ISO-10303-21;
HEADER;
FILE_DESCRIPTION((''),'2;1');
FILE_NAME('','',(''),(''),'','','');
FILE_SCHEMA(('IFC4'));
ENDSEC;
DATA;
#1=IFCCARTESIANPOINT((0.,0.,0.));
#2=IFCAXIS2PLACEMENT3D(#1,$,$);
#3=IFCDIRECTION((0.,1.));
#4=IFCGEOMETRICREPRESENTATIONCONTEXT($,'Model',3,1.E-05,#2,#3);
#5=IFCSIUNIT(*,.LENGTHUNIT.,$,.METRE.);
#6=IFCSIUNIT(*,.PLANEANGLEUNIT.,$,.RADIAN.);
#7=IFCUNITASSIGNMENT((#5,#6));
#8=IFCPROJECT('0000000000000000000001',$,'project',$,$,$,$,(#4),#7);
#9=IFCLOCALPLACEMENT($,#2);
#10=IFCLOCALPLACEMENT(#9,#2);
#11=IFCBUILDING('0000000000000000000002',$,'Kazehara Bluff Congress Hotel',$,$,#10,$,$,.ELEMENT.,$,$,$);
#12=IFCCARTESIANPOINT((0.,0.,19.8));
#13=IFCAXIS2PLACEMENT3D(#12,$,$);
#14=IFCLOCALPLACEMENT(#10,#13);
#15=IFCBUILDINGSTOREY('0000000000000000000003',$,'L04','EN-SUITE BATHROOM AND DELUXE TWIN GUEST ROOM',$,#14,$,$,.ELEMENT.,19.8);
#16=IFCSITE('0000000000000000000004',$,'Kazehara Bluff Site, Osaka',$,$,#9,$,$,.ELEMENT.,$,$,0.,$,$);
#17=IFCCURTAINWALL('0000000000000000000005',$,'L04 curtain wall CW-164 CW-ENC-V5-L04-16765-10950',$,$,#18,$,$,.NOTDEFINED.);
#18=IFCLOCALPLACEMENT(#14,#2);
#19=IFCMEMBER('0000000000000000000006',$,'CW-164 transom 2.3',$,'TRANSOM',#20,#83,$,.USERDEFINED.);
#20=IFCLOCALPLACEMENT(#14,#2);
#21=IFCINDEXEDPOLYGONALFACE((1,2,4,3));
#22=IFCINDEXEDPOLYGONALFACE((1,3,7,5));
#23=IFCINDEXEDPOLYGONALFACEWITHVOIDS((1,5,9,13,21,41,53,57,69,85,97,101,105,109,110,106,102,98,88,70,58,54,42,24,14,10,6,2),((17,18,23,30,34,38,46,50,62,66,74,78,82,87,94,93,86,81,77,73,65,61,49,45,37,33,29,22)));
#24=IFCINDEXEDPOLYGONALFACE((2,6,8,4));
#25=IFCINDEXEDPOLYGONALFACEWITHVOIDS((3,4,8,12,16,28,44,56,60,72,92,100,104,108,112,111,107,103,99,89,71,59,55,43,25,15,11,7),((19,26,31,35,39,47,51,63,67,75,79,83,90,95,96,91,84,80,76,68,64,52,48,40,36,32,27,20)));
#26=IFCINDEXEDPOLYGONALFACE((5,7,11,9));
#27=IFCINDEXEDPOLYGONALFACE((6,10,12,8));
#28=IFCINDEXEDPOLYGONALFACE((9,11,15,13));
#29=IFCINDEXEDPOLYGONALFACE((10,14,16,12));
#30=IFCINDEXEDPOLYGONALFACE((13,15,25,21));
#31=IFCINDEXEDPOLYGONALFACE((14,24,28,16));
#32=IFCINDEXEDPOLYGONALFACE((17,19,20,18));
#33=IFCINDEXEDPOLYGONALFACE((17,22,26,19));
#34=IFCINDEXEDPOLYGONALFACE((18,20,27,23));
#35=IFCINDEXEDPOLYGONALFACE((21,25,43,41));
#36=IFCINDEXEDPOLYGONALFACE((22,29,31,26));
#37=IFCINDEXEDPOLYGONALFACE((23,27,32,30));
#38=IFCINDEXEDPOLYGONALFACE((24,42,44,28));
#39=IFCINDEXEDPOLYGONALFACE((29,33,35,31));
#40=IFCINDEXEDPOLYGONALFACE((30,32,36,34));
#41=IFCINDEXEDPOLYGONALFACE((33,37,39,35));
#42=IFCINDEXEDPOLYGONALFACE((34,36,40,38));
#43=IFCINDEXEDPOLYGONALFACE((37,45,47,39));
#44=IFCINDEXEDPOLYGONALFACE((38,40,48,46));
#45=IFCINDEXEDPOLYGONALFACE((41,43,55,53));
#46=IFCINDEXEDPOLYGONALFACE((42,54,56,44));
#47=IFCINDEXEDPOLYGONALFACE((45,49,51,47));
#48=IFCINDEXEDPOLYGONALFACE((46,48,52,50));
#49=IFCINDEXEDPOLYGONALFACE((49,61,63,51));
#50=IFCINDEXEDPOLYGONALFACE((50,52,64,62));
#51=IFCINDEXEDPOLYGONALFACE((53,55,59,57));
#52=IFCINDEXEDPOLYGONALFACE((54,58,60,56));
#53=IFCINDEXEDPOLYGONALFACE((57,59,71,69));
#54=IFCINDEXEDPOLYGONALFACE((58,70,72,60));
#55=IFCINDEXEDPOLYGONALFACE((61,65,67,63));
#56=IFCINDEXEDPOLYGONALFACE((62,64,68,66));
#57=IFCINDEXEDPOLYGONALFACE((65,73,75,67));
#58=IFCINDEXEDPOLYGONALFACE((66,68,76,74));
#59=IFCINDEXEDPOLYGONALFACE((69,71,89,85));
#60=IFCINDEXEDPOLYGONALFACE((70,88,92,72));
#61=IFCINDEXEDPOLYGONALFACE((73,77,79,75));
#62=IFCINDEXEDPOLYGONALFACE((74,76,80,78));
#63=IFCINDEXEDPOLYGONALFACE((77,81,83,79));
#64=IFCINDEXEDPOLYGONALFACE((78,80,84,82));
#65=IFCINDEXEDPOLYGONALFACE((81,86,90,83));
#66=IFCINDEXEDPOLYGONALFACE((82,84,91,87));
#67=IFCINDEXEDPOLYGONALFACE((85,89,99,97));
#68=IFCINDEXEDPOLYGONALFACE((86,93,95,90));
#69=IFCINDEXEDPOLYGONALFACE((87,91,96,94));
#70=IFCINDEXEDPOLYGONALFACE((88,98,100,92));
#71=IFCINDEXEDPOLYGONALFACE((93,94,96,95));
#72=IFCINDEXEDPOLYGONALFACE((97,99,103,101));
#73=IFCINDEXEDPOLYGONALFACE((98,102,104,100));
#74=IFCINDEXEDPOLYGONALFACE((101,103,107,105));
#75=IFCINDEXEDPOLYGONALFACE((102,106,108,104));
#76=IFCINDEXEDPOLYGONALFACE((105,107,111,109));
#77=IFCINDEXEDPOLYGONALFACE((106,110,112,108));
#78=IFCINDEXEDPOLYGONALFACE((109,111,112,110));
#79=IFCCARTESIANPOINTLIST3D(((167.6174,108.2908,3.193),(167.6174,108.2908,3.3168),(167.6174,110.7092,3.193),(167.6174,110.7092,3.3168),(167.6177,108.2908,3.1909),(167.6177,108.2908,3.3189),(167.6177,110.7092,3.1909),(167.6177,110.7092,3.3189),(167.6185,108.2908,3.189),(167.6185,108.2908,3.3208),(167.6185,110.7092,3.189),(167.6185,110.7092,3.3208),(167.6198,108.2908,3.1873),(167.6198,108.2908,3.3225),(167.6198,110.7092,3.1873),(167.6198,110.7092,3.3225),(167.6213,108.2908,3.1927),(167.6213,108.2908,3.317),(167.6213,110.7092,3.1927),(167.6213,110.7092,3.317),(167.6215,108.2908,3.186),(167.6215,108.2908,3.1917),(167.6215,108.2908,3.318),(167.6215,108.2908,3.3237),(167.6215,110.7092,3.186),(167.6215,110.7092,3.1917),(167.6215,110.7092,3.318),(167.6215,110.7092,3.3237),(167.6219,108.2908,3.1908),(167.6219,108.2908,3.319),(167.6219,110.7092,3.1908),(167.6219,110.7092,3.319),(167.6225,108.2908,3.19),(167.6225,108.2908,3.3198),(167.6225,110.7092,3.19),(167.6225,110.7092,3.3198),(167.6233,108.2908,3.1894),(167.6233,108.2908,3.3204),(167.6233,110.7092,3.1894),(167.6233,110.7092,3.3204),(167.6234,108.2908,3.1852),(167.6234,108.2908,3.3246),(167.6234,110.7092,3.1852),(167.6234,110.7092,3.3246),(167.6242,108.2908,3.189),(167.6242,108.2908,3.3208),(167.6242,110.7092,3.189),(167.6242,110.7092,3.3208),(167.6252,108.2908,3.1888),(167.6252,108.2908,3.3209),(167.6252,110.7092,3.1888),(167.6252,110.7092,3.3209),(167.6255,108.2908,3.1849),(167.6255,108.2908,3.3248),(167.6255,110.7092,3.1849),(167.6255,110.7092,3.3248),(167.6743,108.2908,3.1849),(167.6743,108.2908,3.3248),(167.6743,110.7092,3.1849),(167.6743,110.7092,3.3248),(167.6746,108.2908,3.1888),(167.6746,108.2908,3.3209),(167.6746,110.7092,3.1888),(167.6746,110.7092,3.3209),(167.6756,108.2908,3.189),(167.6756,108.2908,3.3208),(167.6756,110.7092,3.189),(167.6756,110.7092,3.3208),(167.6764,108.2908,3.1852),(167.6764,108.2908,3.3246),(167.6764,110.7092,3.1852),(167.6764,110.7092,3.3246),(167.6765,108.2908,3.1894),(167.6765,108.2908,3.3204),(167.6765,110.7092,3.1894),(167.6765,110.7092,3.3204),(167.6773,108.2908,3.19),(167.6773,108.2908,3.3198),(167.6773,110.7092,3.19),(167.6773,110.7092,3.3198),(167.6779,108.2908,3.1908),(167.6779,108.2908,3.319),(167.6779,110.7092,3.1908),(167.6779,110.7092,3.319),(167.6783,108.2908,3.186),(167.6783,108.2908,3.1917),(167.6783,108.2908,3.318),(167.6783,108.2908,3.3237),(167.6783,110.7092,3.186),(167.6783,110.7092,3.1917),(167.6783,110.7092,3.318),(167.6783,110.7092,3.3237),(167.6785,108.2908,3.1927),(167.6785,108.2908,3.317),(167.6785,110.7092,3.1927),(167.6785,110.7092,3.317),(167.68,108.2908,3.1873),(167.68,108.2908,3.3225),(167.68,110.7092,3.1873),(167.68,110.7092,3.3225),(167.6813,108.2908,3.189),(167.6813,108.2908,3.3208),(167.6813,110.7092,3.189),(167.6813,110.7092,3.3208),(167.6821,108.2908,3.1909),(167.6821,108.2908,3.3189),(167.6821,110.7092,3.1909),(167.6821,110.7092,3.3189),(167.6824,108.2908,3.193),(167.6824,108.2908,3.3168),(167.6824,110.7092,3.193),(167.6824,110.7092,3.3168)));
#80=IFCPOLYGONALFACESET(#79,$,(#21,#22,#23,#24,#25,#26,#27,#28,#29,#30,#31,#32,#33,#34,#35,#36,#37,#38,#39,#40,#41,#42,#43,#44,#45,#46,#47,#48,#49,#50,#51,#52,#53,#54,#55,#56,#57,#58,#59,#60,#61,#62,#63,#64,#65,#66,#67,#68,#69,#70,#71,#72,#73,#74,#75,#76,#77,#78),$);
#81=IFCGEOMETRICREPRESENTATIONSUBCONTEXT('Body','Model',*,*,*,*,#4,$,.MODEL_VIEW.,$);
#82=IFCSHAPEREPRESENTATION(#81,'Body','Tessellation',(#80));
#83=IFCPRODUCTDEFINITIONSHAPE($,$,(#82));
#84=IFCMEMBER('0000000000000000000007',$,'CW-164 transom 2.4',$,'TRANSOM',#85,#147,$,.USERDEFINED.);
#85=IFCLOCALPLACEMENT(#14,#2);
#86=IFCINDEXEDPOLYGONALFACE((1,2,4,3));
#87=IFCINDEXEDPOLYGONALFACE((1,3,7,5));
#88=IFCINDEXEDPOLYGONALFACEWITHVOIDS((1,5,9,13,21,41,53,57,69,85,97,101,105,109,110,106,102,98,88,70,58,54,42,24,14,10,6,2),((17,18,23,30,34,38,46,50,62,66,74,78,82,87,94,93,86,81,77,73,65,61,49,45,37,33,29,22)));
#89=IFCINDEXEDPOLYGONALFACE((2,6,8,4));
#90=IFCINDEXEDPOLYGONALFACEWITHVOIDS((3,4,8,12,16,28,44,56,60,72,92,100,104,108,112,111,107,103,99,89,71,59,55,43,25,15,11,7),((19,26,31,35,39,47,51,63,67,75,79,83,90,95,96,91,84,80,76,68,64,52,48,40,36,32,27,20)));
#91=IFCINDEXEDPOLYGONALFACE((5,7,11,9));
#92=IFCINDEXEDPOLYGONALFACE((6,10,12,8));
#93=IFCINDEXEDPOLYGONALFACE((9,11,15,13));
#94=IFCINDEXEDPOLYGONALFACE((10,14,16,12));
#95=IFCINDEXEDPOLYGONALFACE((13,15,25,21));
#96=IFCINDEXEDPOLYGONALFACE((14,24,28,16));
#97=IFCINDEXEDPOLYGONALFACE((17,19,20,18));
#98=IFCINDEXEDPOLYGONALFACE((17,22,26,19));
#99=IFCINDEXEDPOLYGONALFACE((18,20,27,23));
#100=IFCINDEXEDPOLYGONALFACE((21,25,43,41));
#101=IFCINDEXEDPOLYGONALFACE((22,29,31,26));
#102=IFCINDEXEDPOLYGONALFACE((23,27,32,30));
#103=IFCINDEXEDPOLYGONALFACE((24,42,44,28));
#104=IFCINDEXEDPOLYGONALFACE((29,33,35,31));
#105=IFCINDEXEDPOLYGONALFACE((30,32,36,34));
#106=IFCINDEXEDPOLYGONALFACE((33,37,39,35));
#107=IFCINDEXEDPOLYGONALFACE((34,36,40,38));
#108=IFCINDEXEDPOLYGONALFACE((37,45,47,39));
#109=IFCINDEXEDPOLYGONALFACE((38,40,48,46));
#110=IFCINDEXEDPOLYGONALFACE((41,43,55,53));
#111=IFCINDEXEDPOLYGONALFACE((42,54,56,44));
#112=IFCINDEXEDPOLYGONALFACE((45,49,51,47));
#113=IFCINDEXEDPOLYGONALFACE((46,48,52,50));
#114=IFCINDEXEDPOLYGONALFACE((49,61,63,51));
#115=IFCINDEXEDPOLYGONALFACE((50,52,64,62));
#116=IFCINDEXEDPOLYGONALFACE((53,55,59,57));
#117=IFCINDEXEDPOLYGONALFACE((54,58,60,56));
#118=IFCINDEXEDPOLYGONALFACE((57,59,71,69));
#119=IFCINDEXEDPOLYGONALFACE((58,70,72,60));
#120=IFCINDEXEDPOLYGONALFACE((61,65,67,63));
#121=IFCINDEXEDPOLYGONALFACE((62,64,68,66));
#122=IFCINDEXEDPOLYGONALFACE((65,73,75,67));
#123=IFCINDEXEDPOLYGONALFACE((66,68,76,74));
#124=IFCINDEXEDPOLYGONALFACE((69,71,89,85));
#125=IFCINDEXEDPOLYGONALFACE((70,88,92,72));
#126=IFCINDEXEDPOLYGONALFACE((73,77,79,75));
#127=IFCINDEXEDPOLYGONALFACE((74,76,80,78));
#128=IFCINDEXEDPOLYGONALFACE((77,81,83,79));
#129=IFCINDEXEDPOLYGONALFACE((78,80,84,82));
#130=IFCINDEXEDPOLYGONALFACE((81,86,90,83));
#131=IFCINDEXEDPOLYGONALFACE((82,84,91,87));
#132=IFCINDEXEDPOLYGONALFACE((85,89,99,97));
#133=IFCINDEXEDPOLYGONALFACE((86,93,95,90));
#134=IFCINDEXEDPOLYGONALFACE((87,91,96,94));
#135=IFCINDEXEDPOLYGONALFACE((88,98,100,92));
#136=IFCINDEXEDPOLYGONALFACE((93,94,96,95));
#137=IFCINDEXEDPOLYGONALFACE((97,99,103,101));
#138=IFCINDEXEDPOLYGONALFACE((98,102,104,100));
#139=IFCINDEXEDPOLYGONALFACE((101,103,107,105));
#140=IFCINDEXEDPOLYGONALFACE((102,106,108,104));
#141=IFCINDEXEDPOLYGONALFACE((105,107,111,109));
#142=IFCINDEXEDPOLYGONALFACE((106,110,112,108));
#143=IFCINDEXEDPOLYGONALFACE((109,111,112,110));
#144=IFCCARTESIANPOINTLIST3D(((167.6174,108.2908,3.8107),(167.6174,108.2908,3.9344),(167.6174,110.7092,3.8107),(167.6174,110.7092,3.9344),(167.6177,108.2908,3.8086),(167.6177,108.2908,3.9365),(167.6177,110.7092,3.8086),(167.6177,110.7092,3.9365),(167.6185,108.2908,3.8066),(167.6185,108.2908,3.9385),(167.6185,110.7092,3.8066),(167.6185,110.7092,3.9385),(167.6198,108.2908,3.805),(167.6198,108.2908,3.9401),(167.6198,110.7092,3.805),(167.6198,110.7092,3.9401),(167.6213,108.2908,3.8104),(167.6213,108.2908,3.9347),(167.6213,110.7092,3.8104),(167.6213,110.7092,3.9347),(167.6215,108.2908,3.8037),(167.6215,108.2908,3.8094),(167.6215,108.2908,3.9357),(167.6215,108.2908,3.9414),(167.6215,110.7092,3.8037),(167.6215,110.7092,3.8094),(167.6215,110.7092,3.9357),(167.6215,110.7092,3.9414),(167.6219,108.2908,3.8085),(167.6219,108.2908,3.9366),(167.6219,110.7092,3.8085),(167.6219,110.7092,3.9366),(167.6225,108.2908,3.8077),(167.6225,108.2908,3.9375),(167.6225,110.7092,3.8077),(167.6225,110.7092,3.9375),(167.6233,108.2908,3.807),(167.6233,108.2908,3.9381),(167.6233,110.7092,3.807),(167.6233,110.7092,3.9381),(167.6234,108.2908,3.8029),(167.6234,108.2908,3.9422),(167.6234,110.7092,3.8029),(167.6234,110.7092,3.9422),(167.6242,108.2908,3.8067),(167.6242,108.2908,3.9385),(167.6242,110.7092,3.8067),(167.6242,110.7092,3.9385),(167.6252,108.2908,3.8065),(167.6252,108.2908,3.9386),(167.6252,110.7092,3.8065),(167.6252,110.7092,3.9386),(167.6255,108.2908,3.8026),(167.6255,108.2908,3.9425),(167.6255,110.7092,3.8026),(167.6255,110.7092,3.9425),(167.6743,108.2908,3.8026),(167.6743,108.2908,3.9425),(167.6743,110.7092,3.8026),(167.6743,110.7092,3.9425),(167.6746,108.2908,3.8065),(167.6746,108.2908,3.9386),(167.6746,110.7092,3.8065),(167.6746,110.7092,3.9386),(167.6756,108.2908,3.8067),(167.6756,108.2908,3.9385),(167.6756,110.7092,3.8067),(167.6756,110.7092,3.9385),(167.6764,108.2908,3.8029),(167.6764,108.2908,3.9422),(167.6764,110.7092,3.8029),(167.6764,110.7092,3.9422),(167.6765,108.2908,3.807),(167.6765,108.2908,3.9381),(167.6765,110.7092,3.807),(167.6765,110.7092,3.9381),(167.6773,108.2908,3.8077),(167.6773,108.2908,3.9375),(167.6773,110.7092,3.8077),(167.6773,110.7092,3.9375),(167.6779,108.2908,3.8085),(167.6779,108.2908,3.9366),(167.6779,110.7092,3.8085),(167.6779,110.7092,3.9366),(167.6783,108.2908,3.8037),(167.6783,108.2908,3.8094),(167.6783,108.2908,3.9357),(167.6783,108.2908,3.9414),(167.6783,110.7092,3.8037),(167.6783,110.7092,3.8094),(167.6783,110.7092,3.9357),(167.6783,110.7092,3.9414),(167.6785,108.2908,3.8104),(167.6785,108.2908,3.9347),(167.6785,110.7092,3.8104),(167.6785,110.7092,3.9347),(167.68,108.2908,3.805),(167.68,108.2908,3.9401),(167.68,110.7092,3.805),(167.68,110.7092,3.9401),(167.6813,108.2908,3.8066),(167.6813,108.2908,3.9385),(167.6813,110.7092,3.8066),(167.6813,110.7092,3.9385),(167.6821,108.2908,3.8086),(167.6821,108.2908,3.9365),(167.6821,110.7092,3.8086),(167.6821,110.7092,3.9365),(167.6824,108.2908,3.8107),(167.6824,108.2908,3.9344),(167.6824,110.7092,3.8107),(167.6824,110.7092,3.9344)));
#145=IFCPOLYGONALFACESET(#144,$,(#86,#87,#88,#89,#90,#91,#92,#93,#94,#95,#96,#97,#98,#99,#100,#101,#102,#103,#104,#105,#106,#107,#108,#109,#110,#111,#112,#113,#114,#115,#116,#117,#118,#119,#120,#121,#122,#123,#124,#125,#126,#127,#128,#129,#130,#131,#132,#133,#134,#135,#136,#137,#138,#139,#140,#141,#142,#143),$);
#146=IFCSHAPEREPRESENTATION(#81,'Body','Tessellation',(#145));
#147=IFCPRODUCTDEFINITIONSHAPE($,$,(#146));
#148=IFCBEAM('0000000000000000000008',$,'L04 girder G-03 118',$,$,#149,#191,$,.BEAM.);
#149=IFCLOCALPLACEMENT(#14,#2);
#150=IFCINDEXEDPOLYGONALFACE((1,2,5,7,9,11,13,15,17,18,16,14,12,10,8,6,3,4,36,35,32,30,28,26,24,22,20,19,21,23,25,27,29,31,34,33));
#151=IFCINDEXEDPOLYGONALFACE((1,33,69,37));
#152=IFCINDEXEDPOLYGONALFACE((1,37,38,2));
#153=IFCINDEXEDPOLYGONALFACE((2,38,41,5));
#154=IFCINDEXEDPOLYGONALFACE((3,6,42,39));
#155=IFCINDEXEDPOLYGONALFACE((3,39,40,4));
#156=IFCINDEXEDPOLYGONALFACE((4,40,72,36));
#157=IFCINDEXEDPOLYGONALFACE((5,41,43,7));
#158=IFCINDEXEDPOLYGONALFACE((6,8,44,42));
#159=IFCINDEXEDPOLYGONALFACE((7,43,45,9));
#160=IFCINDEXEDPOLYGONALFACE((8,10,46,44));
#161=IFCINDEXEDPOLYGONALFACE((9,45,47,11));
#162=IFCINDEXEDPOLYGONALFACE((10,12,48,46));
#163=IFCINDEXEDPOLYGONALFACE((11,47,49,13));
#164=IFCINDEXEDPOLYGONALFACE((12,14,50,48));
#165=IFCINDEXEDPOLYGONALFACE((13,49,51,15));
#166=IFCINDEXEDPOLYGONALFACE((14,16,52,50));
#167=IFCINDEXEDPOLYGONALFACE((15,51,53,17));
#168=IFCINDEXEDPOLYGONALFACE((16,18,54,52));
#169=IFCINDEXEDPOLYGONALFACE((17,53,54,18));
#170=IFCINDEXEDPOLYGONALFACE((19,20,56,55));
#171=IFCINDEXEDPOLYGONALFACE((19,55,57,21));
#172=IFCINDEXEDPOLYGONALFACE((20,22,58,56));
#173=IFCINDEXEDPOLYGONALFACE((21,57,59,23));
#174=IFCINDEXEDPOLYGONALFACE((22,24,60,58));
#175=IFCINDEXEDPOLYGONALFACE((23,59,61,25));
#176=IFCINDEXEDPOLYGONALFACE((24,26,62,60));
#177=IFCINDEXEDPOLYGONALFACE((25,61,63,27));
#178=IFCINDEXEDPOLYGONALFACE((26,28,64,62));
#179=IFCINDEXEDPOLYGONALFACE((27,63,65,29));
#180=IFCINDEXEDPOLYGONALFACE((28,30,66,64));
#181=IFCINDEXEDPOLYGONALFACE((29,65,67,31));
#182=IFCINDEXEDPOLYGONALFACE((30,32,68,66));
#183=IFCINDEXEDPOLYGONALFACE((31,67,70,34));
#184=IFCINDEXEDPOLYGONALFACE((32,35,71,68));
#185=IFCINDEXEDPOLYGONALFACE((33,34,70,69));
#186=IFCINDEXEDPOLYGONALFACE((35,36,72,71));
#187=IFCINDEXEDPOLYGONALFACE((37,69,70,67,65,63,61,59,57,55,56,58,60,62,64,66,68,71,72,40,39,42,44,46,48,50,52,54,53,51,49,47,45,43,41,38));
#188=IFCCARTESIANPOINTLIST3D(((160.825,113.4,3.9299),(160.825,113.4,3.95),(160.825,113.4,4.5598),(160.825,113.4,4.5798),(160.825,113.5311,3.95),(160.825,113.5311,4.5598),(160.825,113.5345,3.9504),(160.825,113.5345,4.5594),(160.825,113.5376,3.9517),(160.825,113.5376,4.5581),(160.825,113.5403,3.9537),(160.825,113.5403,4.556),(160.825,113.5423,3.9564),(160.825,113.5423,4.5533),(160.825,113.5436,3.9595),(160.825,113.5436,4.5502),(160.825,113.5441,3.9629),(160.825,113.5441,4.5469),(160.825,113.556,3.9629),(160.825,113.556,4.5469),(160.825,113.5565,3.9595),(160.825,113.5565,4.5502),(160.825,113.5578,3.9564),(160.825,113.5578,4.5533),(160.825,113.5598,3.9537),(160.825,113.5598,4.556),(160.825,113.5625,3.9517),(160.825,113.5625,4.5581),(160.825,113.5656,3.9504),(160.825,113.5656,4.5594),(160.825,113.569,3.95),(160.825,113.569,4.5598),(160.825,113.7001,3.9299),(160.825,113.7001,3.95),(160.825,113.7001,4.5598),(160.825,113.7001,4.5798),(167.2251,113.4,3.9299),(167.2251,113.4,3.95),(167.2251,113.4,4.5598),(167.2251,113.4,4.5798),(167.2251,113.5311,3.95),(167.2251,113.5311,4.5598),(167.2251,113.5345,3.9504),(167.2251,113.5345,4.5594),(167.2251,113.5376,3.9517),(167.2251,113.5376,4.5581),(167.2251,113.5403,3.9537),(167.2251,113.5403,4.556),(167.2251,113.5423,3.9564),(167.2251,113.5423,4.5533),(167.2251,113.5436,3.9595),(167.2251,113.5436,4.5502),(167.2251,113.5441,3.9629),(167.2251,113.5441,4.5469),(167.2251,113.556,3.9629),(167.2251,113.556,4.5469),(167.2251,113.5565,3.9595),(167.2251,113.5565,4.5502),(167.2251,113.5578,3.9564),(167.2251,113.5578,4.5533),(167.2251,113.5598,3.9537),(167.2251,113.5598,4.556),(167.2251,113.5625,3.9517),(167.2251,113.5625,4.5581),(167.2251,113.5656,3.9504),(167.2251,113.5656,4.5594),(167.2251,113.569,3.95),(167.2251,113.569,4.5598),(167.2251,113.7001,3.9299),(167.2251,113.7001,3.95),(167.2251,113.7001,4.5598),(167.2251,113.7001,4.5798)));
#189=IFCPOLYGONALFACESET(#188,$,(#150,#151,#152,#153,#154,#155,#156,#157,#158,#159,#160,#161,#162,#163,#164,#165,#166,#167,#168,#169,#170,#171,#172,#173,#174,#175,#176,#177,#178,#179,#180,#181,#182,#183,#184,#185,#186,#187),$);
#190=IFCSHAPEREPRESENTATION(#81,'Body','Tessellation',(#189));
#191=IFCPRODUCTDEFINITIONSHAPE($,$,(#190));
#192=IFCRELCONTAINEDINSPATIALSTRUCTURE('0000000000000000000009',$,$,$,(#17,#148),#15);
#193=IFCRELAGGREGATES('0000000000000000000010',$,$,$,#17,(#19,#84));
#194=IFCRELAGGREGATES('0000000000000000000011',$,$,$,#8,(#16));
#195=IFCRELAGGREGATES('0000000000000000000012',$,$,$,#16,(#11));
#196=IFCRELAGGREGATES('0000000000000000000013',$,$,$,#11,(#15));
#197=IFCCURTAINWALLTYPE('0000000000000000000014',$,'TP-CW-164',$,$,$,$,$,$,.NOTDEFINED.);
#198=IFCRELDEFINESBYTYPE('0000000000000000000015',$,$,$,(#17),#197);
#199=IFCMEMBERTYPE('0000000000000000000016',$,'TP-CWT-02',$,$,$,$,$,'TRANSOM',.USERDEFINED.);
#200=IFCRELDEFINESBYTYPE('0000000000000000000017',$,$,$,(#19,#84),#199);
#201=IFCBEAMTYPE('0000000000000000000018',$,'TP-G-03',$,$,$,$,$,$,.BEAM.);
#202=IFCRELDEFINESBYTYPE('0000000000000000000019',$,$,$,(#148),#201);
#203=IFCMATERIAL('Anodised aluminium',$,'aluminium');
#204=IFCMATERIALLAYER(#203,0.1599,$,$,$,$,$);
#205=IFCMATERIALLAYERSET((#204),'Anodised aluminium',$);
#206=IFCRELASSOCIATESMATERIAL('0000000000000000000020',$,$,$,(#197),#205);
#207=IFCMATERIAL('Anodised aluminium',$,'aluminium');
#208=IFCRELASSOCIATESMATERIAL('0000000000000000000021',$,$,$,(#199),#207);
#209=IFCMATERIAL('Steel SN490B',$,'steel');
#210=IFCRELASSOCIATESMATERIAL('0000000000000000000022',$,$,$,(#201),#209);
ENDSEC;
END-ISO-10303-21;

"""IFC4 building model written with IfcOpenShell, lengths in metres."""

from ifc_helpers import new_model, si_unit, direction, frame, origin, origin_2d, place, context, subcontext, project, spatial, hollow_rectangle, i_section, extrude, material, layer, layer_set, material_profile, profile_set, type_object, element, aggregate, save


model = new_model("IFC4")

# Units and contexts
model_context = context("Model", 3, precision=1e-05, world=origin(), true_north=direction((0.0, 1.0)))
body_context = subcontext(model_context, "Body", "Model", "MODEL_VIEW")
ifc_project = project(units=[si_unit("LENGTHUNIT", "METRE"), si_unit("PLANEANGLEUNIT", "RADIAN")], contexts=[model_context])

# Site, building, storey
site_placement = place(None, origin())
site = spatial("IfcSite", under=ifc_project, at=site_placement, Name="Kazehara Bluff Site, Osaka", CompositionType="ELEMENT", RefElevation=0.0)
building_placement = place(site_placement, origin())
building = spatial("IfcBuilding", under=site, at=building_placement, Name="Kazehara Bluff Congress Hotel", CompositionType="ELEMENT")
storey_placement = place(building_placement, frame((0.0, 0.0, 19.8)))
storey = spatial("IfcBuildingStorey", under=building, at=storey_placement, Name="L04", Description="EN-SUITE BATHROOM AND DELUXE TWIN GUEST ROOM", CompositionType="ELEMENT", Elevation=19.8)

# Curtain wall
ifc_material_1 = material(Name="Anodised aluminium", Category="aluminium")
ifc_layer_1 = layer(ifc_material_1, 0.1599)
ifc_layer_set_1 = layer_set([ifc_layer_1], Name="Anodised aluminium")
curtain_wall_type_1 = type_object("IfcCurtainWallType", Name="TP-CW-164", PredefinedType="NOTDEFINED", material=ifc_layer_set_1)
curtain_wall_1_placement = place(storey_placement, origin())
curtain_wall_1 = element("IfcCurtainWall", 1, at=curtain_wall_1_placement, inside=storey, type_object=curtain_wall_type_1, Name="L04 curtain wall CW-164 CW-ENC-V5-L04-16765-10950", PredefinedType="NOTDEFINED")

# Members
ifc_material_2 = material(Name="Anodised aluminium", Category="aluminium")
ifc_material_profile_1 = material_profile(ifc_material_2, hollow_rectangle(XDim=0.0649, YDim=0.1399, WallThickness=0.0039, InnerFilletRadius=0.0039, OuterFilletRadius=0.0081, at=origin_2d()))
ifc_profile_set_1 = profile_set([ifc_material_profile_1], Name="Anodised aluminium")
member_type_1 = type_object("IfcMemberType", Name="TP-CWT-02", ElementType="TRANSOM", PredefinedType="USERDEFINED", material=ifc_profile_set_1)
member_1_placement = place(storey_placement, frame((167.6499, 110.7092, 3.2549), z_axis=(0.0, -1.0, 0.0), x_axis=(1.0, 0.0, 0.0)))
member_1 = element("IfcMember", 2, at=member_1_placement, type_object=member_type_1, Name="CW-164 transom 2.3", ObjectType="TRANSOM", PredefinedType="USERDEFINED", context=body_context, shape_type="SweptSolid", body=[
    extrude(hollow_rectangle(XDim=0.0649, YDim=0.1399, WallThickness=0.0039, InnerFilletRadius=0.0039, OuterFilletRadius=0.0081, at=origin_2d()), origin(), (0.0, 0.0, 1.0), 2.4185),
])
member_2_placement = place(storey_placement, frame((167.6499, 110.7092, 3.8726), z_axis=(0.0, -1.0, 0.0), x_axis=(1.0, 0.0, 0.0)))
member_2 = element("IfcMember", 3, at=member_2_placement, type_object=member_type_1, Name="CW-164 transom 2.4", ObjectType="TRANSOM", PredefinedType="USERDEFINED", context=body_context, shape_type="SweptSolid", body=[
    extrude(hollow_rectangle(XDim=0.0649, YDim=0.1399, WallThickness=0.0039, InnerFilletRadius=0.0039, OuterFilletRadius=0.0081, at=origin_2d()), origin(), (0.0, 0.0, 1.0), 2.4185),
])

# Beam
ifc_material_3 = material(Name="Steel SN490B", Category="steel")
ifc_material_profile_2 = material_profile(ifc_material_3, i_section(OverallWidth=0.3, OverallDepth=0.6499, WebThickness=0.012, FlangeThickness=0.02, FilletRadius=0.0129, at=origin_2d()))
ifc_profile_set_2 = profile_set([ifc_material_profile_2], Name="Steel SN490B")
beam_type = type_object("IfcBeamType", Name="TP-G-03", PredefinedType="BEAM", material=ifc_profile_set_2)
beam_placement = place(storey_placement, frame((160.825, 113.55, 4.2549), z_axis=(1.0, 0.0, 0.0), x_axis=(0.0, 1.0, 0.0)))
element("IfcBeam", 4, at=beam_placement, inside=storey, type_object=beam_type, Name="L04 girder G-03 118", PredefinedType="BEAM", context=body_context, shape_type="SweptSolid", body=[
    extrude(i_section(OverallWidth=0.3, OverallDepth=0.6499, WebThickness=0.012, FlangeThickness=0.02, FilletRadius=0.0129, at=origin_2d()), origin(), (0.0, 0.0, 1.0), 6.4001),
])

aggregate(curtain_wall_1, [member_1, member_2])

save(model, "model.ifc")
